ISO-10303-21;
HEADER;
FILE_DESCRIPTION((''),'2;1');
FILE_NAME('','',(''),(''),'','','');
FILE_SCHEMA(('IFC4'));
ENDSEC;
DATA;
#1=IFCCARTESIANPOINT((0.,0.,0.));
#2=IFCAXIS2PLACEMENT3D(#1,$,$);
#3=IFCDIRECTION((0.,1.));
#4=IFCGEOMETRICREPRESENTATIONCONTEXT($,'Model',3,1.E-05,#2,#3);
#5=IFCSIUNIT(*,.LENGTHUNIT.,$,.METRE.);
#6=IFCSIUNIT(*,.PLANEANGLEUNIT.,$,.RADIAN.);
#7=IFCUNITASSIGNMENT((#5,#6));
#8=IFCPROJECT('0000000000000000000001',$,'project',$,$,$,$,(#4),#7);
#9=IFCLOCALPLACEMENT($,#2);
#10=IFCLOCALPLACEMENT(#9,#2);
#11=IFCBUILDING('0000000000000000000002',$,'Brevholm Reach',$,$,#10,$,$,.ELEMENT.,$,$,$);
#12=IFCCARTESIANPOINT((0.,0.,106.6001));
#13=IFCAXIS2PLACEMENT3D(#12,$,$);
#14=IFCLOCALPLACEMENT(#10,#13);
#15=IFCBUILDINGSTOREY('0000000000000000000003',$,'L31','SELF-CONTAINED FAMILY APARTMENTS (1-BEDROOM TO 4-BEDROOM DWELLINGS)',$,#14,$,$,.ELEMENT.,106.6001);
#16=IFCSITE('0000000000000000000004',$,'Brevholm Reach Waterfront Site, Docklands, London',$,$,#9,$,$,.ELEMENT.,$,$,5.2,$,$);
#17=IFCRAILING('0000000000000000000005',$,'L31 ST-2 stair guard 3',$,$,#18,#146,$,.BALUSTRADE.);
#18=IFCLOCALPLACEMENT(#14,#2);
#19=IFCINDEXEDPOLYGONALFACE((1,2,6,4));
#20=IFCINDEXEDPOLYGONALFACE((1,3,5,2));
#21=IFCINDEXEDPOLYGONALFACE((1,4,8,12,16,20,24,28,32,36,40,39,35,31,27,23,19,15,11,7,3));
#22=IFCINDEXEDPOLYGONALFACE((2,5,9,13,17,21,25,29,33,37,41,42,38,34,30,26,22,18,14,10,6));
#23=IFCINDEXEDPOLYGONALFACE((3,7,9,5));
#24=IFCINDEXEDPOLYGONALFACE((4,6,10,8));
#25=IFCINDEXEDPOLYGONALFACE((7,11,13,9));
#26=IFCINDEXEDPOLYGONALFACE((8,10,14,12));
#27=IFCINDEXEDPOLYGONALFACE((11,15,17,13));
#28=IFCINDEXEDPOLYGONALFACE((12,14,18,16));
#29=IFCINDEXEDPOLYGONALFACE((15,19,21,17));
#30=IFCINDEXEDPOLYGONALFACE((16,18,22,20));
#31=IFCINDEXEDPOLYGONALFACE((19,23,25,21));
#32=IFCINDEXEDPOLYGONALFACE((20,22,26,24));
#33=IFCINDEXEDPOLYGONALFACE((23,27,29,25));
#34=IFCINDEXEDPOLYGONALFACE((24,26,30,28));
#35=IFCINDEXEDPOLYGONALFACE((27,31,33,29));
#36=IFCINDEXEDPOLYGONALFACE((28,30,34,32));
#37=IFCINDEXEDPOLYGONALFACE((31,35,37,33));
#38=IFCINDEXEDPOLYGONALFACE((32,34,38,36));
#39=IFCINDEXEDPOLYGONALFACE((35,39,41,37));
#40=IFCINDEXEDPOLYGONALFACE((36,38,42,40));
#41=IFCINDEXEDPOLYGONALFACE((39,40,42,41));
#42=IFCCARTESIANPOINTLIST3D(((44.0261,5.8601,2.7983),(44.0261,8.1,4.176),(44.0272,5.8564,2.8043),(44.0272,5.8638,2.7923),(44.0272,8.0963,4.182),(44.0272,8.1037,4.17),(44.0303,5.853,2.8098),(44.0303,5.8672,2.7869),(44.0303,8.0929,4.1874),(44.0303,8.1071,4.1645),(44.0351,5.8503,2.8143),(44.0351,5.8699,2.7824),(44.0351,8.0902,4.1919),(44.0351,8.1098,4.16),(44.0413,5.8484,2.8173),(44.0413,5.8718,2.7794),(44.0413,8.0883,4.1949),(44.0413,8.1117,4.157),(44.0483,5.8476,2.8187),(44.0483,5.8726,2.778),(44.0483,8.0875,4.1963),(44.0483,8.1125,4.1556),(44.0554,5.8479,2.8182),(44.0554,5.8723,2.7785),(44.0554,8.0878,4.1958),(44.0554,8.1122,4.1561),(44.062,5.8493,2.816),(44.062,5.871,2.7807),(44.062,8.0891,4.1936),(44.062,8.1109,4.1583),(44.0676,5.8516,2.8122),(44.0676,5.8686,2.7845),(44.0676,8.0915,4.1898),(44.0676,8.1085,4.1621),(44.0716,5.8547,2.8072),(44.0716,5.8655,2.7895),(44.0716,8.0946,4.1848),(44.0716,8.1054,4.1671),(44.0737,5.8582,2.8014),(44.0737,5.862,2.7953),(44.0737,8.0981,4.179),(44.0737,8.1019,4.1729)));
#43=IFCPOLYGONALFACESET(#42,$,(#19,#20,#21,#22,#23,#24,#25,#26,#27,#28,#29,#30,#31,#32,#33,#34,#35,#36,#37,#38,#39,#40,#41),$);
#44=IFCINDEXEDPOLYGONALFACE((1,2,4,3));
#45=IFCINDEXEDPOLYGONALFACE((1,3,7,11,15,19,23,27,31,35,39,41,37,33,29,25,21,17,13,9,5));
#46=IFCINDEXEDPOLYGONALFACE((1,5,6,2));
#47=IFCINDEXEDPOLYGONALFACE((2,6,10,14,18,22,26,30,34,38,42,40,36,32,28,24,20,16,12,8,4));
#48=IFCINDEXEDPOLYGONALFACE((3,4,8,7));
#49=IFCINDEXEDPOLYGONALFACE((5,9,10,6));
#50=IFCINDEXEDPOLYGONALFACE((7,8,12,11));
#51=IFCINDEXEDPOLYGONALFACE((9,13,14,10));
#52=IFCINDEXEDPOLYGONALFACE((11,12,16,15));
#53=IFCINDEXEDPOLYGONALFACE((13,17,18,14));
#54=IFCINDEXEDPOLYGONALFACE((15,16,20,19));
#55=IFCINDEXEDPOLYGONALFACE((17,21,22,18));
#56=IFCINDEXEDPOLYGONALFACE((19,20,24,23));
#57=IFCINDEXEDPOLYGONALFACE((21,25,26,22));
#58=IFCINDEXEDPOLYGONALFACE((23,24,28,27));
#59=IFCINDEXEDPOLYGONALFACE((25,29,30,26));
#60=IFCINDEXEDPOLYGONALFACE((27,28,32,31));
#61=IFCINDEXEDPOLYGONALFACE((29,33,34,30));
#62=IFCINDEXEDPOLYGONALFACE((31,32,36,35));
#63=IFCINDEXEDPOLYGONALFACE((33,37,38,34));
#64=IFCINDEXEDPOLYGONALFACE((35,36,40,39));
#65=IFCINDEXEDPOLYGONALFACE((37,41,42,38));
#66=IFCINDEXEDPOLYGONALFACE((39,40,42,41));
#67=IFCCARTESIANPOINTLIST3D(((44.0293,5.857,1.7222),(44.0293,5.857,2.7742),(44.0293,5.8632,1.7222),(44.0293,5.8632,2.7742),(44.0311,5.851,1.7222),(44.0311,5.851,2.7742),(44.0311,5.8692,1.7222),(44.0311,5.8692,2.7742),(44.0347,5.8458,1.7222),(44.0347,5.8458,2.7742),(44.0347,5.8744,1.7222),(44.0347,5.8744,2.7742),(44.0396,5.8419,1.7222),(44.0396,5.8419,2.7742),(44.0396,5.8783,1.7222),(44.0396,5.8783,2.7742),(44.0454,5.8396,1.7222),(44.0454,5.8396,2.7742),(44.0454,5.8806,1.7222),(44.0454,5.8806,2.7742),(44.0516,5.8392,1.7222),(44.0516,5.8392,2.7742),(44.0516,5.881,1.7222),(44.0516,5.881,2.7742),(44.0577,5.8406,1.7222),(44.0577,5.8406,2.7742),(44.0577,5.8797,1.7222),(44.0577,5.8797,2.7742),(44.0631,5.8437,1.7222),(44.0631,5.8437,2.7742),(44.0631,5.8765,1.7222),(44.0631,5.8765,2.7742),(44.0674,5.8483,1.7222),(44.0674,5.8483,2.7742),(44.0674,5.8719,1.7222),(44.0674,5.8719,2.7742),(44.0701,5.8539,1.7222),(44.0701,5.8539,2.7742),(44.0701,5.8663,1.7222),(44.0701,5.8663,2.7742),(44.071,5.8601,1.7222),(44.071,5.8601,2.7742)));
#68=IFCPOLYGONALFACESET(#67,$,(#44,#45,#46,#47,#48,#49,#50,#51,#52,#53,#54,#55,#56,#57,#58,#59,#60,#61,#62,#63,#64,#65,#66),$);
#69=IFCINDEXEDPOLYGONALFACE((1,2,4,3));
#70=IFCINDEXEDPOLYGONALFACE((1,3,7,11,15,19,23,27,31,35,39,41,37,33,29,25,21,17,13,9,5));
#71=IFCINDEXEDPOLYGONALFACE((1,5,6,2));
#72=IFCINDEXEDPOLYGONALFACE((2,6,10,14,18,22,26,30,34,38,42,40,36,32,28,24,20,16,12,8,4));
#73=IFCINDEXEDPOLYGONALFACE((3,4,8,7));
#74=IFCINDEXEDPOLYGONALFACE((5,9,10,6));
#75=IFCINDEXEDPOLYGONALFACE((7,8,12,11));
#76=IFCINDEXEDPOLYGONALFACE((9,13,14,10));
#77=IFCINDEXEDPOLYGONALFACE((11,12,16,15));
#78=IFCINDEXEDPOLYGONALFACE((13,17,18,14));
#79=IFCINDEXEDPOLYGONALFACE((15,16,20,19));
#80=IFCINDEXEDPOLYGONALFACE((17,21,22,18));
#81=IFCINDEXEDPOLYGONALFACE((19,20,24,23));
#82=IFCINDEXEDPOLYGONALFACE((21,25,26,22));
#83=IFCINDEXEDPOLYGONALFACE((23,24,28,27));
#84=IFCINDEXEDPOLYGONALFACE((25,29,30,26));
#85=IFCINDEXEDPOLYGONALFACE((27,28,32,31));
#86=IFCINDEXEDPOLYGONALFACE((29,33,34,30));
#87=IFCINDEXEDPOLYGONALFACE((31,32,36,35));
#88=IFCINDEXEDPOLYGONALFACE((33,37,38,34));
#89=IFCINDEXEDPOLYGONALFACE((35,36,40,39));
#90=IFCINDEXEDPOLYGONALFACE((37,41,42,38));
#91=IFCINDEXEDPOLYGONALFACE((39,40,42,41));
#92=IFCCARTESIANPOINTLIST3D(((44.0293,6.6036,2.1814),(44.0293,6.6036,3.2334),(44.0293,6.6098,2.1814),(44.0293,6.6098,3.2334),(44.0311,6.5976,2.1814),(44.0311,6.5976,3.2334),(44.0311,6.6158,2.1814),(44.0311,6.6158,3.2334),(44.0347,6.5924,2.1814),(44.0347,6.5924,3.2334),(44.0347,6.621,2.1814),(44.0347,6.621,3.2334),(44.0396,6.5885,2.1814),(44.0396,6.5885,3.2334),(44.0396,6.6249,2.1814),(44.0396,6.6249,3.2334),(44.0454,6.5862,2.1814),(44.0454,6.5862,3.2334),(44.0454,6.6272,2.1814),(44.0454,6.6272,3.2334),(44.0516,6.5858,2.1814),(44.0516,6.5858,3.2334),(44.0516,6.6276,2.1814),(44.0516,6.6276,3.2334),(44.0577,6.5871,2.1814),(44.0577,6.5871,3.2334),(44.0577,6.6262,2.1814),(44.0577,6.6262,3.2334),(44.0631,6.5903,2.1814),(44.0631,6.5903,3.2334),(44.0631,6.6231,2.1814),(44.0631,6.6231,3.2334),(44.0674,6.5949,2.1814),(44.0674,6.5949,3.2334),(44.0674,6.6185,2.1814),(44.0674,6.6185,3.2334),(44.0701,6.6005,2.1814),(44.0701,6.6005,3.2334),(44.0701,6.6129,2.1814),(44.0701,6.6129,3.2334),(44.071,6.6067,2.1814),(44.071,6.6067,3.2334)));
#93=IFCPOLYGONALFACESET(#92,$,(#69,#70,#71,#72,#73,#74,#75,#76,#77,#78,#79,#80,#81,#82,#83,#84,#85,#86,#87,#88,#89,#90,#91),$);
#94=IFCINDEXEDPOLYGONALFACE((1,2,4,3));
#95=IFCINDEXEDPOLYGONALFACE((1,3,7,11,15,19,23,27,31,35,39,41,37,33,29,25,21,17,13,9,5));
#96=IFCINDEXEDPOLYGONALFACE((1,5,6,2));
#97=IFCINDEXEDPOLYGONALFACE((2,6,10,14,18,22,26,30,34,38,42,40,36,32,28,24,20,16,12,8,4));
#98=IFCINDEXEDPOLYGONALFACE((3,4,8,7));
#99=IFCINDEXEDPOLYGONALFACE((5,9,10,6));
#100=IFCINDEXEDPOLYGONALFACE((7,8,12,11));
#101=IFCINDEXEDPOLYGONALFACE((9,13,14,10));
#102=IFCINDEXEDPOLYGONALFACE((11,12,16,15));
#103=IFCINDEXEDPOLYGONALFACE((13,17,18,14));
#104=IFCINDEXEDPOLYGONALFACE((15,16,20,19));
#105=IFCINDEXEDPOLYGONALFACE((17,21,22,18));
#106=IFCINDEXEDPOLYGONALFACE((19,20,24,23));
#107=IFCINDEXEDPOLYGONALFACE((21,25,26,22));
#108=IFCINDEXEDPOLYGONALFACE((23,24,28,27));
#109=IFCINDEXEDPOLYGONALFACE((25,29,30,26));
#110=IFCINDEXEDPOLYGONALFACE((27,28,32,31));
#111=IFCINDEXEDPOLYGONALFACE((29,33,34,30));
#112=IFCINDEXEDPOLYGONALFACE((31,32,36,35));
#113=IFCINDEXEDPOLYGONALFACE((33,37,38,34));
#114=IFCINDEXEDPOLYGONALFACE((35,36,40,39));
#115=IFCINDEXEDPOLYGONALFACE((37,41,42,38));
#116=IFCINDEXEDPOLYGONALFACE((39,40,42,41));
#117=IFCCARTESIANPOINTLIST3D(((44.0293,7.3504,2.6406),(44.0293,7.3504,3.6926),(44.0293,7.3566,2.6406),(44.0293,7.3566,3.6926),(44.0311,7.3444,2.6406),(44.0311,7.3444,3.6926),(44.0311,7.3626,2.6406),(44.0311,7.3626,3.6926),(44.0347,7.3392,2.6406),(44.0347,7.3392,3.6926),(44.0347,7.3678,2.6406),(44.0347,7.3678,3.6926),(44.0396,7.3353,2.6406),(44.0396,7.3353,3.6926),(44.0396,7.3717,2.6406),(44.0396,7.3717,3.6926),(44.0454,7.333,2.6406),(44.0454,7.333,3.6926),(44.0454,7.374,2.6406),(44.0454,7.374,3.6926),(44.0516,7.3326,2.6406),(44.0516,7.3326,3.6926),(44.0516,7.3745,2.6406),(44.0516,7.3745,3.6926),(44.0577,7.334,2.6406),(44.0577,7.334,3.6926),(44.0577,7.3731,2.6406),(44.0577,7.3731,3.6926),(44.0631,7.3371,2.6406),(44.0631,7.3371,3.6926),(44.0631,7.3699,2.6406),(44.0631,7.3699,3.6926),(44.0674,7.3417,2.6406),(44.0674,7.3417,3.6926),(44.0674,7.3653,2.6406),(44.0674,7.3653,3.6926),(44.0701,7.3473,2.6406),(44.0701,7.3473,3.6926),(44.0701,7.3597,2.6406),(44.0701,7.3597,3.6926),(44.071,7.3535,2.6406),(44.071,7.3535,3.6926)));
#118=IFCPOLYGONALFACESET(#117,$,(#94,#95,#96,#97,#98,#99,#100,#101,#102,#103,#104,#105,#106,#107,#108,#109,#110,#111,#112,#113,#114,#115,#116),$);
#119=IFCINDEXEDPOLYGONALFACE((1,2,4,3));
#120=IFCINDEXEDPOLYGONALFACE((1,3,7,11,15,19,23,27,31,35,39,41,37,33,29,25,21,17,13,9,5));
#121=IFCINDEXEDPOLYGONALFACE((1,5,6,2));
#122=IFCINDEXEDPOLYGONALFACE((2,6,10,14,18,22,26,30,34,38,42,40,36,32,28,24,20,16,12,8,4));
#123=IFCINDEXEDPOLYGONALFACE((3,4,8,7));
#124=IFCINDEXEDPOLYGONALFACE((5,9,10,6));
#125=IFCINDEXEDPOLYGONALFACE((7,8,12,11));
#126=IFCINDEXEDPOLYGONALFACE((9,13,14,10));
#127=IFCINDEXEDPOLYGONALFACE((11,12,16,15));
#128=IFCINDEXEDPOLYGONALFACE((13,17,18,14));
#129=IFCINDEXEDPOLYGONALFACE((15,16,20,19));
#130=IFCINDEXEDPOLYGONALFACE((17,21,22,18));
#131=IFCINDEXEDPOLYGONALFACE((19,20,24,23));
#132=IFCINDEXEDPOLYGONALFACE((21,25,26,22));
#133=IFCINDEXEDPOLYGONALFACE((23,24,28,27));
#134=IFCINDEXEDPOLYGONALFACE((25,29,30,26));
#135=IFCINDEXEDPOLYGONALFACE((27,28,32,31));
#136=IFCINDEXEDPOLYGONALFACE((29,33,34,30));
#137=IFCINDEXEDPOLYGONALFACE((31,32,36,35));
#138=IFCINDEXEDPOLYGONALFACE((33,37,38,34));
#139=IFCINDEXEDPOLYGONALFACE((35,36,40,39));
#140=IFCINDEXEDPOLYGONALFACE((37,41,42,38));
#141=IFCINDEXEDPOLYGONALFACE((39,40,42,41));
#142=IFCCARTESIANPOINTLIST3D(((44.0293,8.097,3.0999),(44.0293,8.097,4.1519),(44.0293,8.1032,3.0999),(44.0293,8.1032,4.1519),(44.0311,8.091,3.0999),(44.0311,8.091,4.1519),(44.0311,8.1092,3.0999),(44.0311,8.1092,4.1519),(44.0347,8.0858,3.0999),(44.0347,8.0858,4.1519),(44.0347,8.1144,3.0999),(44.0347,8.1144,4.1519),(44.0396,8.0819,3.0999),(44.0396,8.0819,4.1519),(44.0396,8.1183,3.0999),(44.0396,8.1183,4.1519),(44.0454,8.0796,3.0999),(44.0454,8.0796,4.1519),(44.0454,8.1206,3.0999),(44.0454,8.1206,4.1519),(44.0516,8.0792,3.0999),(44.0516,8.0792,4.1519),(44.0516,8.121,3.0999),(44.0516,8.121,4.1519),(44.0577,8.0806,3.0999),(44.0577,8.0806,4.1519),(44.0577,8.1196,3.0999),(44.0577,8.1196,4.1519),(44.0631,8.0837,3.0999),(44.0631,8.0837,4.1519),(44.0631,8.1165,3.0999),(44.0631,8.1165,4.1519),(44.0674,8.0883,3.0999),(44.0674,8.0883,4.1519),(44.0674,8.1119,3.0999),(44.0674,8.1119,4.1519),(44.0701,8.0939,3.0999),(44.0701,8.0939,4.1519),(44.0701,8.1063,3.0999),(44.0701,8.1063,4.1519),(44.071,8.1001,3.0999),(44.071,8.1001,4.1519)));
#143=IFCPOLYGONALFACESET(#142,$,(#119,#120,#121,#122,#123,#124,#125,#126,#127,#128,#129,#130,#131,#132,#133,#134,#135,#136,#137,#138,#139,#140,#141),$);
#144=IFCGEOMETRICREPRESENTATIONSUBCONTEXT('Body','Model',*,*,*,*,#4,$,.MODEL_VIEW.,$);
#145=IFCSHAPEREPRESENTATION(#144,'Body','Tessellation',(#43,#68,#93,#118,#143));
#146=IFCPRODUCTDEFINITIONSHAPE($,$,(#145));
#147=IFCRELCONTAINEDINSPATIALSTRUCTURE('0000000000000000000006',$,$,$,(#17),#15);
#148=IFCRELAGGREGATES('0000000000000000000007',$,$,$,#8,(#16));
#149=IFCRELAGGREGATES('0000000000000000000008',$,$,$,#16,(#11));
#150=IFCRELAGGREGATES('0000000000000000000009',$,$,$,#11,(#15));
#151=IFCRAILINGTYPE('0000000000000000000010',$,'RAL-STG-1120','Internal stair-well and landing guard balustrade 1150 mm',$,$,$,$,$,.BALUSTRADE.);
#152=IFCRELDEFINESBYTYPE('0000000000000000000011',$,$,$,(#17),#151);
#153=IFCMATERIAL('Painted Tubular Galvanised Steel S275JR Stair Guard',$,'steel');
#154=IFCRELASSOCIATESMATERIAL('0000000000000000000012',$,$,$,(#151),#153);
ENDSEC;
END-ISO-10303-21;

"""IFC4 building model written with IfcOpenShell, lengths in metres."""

from ifc_helpers import new_model, si_unit, direction, frame, origin, origin_2d, place, context, subcontext, project, spatial, circle, extrude, material, type_object, element, save


model = new_model("IFC4")

# Units and contexts
model_context = context("Model", 3, precision=1e-05, world=origin(), true_north=direction((0.0, 1.0)))
body_context = subcontext(model_context, "Body", "Model", "MODEL_VIEW")
ifc_project = project(units=[si_unit("LENGTHUNIT", "METRE"), si_unit("PLANEANGLEUNIT", "RADIAN")], contexts=[model_context])

# Site, building, storey
site_placement = place(None, origin())
site = spatial("IfcSite", under=ifc_project, at=site_placement, Name="Brevholm Reach Waterfront Site, Docklands, London", CompositionType="ELEMENT", RefElevation=5.2)
building_placement = place(site_placement, origin())
building = spatial("IfcBuilding", under=site, at=building_placement, Name="Brevholm Reach", CompositionType="ELEMENT")
storey_placement = place(building_placement, frame((0.0, 0.0, 106.6001)))
storey = spatial("IfcBuildingStorey", under=building, at=storey_placement, Name="L31", Description="SELF-CONTAINED FAMILY APARTMENTS (1-BEDROOM TO 4-BEDROOM DWELLINGS)", CompositionType="ELEMENT", Elevation=106.6001)

# Railing
ifc_material_1 = material(Name="Painted Tubular Galvanised Steel S275JR Stair Guard", Category="steel")
railing_type_1 = type_object("IfcRailingType", Name="RAL-STG-1120", Description="Internal stair-well and landing guard balustrade 1150 mm", PredefinedType="BALUSTRADE", material=ifc_material_1)
railing_1_placement = place(storey_placement, frame((44.05, 5.8601, 1.7222)))
element("IfcRailing", 1, at=railing_1_placement, inside=storey, type_object=railing_type_1, Name="L31 ST-2 stair guard 3", PredefinedType="BALUSTRADE", context=body_context, shape_type="SweptSolid", body=[
    extrude(circle(Radius=0.0239, at=origin_2d()), frame((0.0, 0.0, 1.0762), z_axis=(0.0, 0.851789, 0.523885), x_axis=(-1.0, 0.0, 0.0)), (0.0, 0.0, 1.0), 2.6296),
    extrude(circle(Radius=0.021, at=origin_2d()), origin(), (0.0, 0.0, 1.0), 1.052),
    extrude(circle(Radius=0.021, at=origin_2d()), frame((0.0, 0.7466, 0.4592)), (0.0, 0.0, 1.0), 1.052),
    extrude(circle(Radius=0.021, at=origin_2d()), frame((0.0, 1.4934, 0.9185)), (0.0, 0.0, 1.0), 1.052),
    extrude(circle(Radius=0.021, at=origin_2d()), frame((0.0, 2.24, 1.3777)), (0.0, 0.0, 1.0), 1.052),
])

save(model, "model.ifc")
